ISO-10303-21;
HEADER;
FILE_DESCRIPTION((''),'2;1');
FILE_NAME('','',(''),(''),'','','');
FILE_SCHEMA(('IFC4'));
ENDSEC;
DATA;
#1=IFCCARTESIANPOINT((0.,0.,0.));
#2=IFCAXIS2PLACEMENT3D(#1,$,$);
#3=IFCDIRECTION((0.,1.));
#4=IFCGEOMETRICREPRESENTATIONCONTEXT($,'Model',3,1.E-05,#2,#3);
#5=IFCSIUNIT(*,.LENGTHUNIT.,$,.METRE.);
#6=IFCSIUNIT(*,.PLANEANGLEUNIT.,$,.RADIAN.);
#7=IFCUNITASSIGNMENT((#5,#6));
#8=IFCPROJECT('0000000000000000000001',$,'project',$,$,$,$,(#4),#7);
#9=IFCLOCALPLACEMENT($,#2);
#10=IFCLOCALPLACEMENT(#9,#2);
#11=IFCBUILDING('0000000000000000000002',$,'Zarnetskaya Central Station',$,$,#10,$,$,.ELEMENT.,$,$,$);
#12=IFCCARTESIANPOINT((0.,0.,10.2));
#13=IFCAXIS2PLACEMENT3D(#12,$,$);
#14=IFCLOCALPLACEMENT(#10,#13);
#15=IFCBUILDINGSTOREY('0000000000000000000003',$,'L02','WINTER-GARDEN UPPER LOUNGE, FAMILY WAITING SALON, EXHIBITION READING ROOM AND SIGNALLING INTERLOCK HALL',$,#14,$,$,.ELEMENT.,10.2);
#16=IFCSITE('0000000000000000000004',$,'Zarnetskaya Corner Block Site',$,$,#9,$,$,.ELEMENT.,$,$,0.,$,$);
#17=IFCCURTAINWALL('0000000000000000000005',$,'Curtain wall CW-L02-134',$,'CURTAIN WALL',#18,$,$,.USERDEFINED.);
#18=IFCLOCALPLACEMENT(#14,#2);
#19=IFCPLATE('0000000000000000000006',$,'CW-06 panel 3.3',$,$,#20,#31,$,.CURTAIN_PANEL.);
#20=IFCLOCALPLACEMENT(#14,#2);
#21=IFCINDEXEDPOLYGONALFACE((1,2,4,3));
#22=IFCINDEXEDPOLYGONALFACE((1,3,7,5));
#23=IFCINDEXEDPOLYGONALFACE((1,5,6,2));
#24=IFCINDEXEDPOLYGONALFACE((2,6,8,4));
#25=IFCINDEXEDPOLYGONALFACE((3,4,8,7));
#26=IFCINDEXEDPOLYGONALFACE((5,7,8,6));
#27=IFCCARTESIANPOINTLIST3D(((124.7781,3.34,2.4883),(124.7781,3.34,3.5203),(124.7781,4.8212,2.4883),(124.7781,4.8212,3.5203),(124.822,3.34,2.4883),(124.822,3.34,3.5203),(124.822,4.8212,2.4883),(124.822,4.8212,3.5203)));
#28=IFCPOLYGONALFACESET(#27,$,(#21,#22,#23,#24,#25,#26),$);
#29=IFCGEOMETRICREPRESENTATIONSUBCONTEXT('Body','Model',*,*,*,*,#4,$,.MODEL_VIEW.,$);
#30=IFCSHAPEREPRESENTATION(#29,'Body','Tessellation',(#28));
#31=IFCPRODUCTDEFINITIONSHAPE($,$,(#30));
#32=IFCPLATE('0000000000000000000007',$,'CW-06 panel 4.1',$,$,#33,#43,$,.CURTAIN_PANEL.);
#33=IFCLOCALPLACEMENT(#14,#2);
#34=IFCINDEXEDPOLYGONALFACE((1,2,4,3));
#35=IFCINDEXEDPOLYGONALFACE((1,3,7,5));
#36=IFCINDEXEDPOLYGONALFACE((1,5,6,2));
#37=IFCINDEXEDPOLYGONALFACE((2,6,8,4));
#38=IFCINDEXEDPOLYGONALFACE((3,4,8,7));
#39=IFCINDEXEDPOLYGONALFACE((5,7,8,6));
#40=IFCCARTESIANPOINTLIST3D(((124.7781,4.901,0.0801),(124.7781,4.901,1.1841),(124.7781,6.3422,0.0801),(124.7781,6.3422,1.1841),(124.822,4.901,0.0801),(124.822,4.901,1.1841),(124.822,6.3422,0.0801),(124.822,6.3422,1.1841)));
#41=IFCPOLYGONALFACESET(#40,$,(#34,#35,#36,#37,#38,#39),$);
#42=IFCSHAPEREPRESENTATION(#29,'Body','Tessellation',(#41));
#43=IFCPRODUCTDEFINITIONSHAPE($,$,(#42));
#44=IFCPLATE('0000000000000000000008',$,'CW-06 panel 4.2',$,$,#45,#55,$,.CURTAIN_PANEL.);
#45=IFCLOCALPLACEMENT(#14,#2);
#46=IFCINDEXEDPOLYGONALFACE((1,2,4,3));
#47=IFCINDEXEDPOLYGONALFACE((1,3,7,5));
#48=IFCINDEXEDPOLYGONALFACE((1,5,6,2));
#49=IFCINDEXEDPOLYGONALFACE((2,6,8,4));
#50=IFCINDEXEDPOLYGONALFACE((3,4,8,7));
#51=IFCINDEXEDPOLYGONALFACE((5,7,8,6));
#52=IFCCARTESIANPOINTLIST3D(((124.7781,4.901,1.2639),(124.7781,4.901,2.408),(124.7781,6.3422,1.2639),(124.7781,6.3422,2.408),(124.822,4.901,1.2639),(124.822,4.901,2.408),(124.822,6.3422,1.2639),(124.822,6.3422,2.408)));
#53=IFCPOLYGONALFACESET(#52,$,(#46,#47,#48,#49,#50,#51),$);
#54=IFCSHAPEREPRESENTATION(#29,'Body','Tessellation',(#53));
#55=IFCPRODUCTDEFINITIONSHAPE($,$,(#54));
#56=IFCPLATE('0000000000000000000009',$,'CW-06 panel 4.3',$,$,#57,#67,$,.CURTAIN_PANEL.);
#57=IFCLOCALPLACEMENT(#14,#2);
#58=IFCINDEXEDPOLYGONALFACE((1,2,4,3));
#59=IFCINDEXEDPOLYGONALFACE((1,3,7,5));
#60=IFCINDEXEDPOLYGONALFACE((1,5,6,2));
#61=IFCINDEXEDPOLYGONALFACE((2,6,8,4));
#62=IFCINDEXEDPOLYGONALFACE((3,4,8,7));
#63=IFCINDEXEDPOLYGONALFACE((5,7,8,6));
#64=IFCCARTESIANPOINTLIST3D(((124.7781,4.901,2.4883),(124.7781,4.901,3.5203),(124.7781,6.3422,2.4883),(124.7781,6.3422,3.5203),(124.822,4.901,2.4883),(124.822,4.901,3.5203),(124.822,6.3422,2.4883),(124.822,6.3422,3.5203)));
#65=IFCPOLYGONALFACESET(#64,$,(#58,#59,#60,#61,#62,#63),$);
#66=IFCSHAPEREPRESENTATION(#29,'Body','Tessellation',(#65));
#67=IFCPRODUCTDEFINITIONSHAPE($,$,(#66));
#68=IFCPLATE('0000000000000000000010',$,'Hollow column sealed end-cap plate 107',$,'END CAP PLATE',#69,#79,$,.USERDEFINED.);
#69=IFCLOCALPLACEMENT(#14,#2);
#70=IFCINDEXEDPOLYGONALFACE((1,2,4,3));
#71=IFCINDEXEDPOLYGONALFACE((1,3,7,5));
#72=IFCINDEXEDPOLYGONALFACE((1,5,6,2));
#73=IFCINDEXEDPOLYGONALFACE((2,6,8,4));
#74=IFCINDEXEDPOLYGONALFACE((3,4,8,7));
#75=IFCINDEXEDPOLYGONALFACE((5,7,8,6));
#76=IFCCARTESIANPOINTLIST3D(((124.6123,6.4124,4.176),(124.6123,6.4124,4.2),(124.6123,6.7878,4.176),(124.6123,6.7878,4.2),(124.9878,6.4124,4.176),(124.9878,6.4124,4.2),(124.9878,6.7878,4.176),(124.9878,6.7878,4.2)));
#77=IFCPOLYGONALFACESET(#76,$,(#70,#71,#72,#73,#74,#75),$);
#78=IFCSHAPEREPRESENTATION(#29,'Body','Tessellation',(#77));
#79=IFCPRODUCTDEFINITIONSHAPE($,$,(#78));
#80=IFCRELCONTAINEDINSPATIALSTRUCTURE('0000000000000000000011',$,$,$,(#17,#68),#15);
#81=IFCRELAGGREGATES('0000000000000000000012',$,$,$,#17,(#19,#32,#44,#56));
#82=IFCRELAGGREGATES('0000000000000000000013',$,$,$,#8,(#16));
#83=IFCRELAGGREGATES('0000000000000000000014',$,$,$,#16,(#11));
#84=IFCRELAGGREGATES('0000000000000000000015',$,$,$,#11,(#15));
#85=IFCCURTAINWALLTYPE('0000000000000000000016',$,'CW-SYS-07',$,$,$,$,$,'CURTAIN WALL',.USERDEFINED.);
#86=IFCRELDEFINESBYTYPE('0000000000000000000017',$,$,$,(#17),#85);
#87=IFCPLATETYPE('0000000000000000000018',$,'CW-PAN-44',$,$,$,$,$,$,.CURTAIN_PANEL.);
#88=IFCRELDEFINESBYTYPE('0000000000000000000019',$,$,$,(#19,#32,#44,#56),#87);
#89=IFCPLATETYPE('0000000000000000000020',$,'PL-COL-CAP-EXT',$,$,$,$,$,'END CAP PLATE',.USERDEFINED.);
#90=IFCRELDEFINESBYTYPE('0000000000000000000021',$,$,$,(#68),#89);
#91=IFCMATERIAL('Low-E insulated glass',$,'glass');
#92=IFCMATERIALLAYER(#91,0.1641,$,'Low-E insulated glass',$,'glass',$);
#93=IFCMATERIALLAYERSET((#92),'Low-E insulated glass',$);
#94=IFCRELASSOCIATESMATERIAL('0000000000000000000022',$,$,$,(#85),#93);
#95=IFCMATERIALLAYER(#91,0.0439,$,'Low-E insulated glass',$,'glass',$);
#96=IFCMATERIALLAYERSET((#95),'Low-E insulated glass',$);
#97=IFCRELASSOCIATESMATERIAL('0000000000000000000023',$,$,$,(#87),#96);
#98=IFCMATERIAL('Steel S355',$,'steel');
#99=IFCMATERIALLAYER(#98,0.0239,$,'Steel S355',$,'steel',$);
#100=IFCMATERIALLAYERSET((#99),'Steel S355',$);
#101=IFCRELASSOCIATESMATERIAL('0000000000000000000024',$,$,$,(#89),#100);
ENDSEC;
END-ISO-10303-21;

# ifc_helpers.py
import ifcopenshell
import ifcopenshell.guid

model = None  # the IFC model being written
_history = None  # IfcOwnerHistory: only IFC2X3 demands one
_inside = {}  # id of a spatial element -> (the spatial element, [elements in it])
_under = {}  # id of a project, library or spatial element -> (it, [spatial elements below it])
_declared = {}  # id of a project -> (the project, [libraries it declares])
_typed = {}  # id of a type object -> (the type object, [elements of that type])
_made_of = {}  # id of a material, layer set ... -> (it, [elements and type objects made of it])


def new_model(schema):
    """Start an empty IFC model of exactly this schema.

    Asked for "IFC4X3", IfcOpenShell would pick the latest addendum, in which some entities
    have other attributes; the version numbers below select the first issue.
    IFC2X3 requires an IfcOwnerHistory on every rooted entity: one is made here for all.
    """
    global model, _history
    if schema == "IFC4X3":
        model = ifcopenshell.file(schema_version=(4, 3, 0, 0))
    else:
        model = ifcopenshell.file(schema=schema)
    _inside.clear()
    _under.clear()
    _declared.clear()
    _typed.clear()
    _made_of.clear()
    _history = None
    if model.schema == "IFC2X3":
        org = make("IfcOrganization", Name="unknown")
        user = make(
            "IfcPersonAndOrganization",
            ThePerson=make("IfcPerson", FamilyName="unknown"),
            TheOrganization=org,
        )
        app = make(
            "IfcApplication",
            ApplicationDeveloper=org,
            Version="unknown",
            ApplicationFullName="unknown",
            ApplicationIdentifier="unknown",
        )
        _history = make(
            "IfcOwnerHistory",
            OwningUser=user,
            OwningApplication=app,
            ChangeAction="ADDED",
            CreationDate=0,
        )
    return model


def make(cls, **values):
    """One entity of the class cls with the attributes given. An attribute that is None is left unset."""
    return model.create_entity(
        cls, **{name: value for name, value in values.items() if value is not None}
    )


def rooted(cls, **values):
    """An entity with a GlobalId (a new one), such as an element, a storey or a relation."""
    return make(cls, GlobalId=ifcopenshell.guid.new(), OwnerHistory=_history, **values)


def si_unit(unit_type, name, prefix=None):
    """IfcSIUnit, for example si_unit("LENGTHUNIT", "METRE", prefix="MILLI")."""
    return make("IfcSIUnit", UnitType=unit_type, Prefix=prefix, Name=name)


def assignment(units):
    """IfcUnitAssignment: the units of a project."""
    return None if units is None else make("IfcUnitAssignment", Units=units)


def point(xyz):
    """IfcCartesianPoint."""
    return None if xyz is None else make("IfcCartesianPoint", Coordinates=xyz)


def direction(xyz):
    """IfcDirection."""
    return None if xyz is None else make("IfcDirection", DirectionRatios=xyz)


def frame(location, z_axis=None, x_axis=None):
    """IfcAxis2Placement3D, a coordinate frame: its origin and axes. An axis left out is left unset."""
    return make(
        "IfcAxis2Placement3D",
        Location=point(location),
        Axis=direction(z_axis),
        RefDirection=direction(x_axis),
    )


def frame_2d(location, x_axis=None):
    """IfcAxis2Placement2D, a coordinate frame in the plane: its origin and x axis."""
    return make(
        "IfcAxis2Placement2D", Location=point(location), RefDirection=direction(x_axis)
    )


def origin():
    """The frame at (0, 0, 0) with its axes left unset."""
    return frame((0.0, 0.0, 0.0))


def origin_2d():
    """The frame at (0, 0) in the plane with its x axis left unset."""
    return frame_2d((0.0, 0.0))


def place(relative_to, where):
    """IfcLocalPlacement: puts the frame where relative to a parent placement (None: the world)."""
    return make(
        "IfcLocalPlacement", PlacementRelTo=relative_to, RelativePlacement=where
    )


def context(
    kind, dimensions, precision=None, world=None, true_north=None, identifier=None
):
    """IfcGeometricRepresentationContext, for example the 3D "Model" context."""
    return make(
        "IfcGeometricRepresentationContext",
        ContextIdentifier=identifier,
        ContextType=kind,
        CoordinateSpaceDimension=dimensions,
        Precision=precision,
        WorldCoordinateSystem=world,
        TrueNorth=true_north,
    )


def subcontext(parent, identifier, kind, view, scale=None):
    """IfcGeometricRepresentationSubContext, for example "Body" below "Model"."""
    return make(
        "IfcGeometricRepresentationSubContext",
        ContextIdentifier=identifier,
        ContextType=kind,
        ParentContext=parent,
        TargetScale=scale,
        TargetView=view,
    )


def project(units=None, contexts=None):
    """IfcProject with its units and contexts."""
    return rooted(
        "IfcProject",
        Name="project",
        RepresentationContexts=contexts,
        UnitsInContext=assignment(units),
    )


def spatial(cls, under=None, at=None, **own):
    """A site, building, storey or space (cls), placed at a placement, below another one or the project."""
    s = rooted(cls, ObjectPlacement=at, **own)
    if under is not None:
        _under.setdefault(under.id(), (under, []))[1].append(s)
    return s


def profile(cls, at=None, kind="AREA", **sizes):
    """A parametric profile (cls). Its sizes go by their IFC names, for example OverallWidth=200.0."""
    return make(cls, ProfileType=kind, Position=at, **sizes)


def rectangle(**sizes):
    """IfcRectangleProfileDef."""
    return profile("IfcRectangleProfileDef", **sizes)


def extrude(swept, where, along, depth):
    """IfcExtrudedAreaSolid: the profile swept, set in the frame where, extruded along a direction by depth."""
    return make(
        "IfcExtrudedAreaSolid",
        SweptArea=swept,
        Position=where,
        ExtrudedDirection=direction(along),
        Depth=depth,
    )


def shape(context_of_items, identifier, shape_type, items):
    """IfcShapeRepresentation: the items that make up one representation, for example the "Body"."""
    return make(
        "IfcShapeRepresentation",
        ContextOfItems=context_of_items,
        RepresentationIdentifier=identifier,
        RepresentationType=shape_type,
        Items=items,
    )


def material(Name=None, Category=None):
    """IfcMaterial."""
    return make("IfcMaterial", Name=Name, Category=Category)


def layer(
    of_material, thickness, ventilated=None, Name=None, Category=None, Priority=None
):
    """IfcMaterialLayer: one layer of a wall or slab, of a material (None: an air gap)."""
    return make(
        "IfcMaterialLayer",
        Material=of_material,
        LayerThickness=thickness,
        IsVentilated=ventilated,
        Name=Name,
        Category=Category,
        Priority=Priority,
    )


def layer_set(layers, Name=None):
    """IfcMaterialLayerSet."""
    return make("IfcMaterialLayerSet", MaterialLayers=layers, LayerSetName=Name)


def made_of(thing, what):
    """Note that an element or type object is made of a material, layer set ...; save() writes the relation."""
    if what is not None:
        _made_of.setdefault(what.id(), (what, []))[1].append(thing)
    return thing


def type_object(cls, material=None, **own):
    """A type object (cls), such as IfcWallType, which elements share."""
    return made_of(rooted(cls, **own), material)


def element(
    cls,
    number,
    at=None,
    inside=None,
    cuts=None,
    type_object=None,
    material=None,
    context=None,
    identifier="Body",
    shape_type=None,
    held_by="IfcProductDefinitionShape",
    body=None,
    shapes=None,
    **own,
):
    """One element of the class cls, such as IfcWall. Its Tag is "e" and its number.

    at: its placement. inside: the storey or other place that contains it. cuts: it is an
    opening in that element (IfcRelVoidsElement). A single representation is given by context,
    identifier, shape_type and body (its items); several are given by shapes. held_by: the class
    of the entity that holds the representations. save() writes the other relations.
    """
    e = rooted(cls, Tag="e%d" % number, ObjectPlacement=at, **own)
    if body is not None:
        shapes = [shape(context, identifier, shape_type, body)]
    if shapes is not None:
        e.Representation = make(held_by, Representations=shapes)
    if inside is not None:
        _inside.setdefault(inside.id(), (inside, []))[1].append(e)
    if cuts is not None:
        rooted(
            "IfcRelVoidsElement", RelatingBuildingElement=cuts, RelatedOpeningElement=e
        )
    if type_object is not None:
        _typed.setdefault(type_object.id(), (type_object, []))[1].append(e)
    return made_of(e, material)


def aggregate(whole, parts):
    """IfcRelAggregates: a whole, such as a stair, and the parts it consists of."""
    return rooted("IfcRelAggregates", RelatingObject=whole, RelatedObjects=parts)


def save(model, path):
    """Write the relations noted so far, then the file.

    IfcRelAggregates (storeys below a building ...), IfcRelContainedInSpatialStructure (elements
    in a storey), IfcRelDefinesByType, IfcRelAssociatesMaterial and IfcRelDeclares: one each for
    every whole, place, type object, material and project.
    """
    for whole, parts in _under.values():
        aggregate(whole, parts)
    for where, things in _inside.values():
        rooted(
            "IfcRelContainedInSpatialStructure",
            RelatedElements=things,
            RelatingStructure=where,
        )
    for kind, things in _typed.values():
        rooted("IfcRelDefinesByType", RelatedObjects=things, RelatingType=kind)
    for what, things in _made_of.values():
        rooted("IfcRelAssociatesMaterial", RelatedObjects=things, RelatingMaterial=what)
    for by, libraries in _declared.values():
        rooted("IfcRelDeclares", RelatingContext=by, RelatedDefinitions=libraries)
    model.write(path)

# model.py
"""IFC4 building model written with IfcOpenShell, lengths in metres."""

from ifc_helpers import new_model, si_unit, direction, frame, origin, origin_2d, place, context, subcontext, project, spatial, rectangle, extrude, material, layer, layer_set, type_object, element, aggregate, save


model = new_model("IFC4")

# Units and contexts
model_context = context("Model", 3, precision=1e-05, world=origin(), true_north=direction((0.0, 1.0)))
body_context = subcontext(model_context, "Body", "Model", "MODEL_VIEW")
ifc_project = project(units=[si_unit("LENGTHUNIT", "METRE"), si_unit("PLANEANGLEUNIT", "RADIAN")], contexts=[model_context])

# Site, building, storey
site_placement = place(None, origin())
site = spatial("IfcSite", under=ifc_project, at=site_placement, Name="Zarnetskaya Corner Block Site", CompositionType="ELEMENT", RefElevation=0.0)
building_placement = place(site_placement, origin())
building = spatial("IfcBuilding", under=site, at=building_placement, Name="Zarnetskaya Central Station", CompositionType="ELEMENT")
storey_placement = place(building_placement, frame((0.0, 0.0, 10.2)))
storey = spatial("IfcBuildingStorey", under=building, at=storey_placement, Name="L02", Description="WINTER-GARDEN UPPER LOUNGE, FAMILY WAITING SALON, EXHIBITION READING ROOM AND SIGNALLING INTERLOCK HALL", CompositionType="ELEMENT", Elevation=10.2)

# Shared definitions
ifc_material_1 = material(Name="Steel S355", Category="steel")

# Curtain wall
ifc_material_2 = material(Name="Low-E insulated glass", Category="glass")
ifc_layer_1 = layer(ifc_material_2, 0.1641, Name="Low-E insulated glass", Category="glass")
ifc_layer_set_1 = layer_set([ifc_layer_1], Name="Low-E insulated glass")
curtain_wall_type = type_object("IfcCurtainWallType", Name="CW-SYS-07", ElementType="CURTAIN WALL", PredefinedType="USERDEFINED", material=ifc_layer_set_1)
curtain_wall_1_placement = place(storey_placement, origin())
curtain_wall_1 = element("IfcCurtainWall", 1, at=curtain_wall_1_placement, inside=storey, type_object=curtain_wall_type, Name="Curtain wall CW-L02-134", ObjectType="CURTAIN WALL", PredefinedType="USERDEFINED")

# Plates
ifc_layer_2 = layer(ifc_material_2, 0.0439, Name="Low-E insulated glass", Category="glass")
ifc_layer_set_2 = layer_set([ifc_layer_2], Name="Low-E insulated glass")
plate_type_1 = type_object("IfcPlateType", Name="CW-PAN-44", PredefinedType="CURTAIN_PANEL", material=ifc_layer_set_2)
plate_1_placement = place(storey_placement, frame((124.8, 4.0806, 2.4883), z_axis=(0.0, 0.0, 1.0), x_axis=(0.0, 1.0, 0.0)))
plate_1 = element("IfcPlate", 2, at=plate_1_placement, type_object=plate_type_1, Name="CW-06 panel 3.3", PredefinedType="CURTAIN_PANEL", context=body_context, shape_type="SweptSolid", body=[
    extrude(rectangle(XDim=1.4812, YDim=0.0439, at=origin_2d()), origin(), (0.0, 0.0, 1.0), 1.032),
])
plate_2_placement = place(storey_placement, frame((124.8, 5.6216, 0.0801), z_axis=(0.0, 0.0, 1.0), x_axis=(0.0, 1.0, 0.0)))
plate_2 = element("IfcPlate", 3, at=plate_2_placement, type_object=plate_type_1, Name="CW-06 panel 4.1", PredefinedType="CURTAIN_PANEL", context=body_context, shape_type="SweptSolid", body=[
    extrude(rectangle(XDim=1.4412, YDim=0.0439, at=origin_2d()), origin(), (0.0, 0.0, 1.0), 1.104),
])
plate_3_placement = place(storey_placement, frame((124.8, 5.6216, 1.2639), z_axis=(0.0, 0.0, 1.0), x_axis=(0.0, 1.0, 0.0)))
plate_3 = element("IfcPlate", 4, at=plate_3_placement, type_object=plate_type_1, Name="CW-06 panel 4.2", PredefinedType="CURTAIN_PANEL", context=body_context, shape_type="SweptSolid", body=[
    extrude(rectangle(XDim=1.4412, YDim=0.0439, at=origin_2d()), origin(), (0.0, 0.0, 1.0), 1.144),
])
plate_4_placement = place(storey_placement, frame((124.8, 5.6216, 2.4883), z_axis=(0.0, 0.0, 1.0), x_axis=(0.0, 1.0, 0.0)))
plate_4 = element("IfcPlate", 5, at=plate_4_placement, type_object=plate_type_1, Name="CW-06 panel 4.3", PredefinedType="CURTAIN_PANEL", context=body_context, shape_type="SweptSolid", body=[
    extrude(rectangle(XDim=1.4412, YDim=0.0439, at=origin_2d()), origin(), (0.0, 0.0, 1.0), 1.032),
])
aggregate(curtain_wall_1, [plate_1, plate_2, plate_3, plate_4])
ifc_layer_3 = layer(ifc_material_1, 0.0239, Name="Steel S355", Category="steel")
ifc_layer_set_3 = layer_set([ifc_layer_3], Name="Steel S355")
plate_type_2 = type_object("IfcPlateType", Name="PL-COL-CAP-EXT", ElementType="END CAP PLATE", PredefinedType="USERDEFINED", material=ifc_layer_set_3)
plate_5_placement = place(storey_placement, frame((124.8, 6.6001, 4.176), z_axis=(0.0, 0.0, 1.0), x_axis=(1.0, 0.0, 0.0)))
element("IfcPlate", 6, at=plate_5_placement, inside=storey, type_object=plate_type_2, Name="Hollow column sealed end-cap plate 107", ObjectType="END CAP PLATE", PredefinedType="USERDEFINED", context=body_context, shape_type="SweptSolid", body=[
    extrude(rectangle(XDim=0.3755, YDim=0.3755, at=origin_2d()), origin(), (0.0, 0.0, 1.0), 0.0239),
])

save(model, "model.ifc")
